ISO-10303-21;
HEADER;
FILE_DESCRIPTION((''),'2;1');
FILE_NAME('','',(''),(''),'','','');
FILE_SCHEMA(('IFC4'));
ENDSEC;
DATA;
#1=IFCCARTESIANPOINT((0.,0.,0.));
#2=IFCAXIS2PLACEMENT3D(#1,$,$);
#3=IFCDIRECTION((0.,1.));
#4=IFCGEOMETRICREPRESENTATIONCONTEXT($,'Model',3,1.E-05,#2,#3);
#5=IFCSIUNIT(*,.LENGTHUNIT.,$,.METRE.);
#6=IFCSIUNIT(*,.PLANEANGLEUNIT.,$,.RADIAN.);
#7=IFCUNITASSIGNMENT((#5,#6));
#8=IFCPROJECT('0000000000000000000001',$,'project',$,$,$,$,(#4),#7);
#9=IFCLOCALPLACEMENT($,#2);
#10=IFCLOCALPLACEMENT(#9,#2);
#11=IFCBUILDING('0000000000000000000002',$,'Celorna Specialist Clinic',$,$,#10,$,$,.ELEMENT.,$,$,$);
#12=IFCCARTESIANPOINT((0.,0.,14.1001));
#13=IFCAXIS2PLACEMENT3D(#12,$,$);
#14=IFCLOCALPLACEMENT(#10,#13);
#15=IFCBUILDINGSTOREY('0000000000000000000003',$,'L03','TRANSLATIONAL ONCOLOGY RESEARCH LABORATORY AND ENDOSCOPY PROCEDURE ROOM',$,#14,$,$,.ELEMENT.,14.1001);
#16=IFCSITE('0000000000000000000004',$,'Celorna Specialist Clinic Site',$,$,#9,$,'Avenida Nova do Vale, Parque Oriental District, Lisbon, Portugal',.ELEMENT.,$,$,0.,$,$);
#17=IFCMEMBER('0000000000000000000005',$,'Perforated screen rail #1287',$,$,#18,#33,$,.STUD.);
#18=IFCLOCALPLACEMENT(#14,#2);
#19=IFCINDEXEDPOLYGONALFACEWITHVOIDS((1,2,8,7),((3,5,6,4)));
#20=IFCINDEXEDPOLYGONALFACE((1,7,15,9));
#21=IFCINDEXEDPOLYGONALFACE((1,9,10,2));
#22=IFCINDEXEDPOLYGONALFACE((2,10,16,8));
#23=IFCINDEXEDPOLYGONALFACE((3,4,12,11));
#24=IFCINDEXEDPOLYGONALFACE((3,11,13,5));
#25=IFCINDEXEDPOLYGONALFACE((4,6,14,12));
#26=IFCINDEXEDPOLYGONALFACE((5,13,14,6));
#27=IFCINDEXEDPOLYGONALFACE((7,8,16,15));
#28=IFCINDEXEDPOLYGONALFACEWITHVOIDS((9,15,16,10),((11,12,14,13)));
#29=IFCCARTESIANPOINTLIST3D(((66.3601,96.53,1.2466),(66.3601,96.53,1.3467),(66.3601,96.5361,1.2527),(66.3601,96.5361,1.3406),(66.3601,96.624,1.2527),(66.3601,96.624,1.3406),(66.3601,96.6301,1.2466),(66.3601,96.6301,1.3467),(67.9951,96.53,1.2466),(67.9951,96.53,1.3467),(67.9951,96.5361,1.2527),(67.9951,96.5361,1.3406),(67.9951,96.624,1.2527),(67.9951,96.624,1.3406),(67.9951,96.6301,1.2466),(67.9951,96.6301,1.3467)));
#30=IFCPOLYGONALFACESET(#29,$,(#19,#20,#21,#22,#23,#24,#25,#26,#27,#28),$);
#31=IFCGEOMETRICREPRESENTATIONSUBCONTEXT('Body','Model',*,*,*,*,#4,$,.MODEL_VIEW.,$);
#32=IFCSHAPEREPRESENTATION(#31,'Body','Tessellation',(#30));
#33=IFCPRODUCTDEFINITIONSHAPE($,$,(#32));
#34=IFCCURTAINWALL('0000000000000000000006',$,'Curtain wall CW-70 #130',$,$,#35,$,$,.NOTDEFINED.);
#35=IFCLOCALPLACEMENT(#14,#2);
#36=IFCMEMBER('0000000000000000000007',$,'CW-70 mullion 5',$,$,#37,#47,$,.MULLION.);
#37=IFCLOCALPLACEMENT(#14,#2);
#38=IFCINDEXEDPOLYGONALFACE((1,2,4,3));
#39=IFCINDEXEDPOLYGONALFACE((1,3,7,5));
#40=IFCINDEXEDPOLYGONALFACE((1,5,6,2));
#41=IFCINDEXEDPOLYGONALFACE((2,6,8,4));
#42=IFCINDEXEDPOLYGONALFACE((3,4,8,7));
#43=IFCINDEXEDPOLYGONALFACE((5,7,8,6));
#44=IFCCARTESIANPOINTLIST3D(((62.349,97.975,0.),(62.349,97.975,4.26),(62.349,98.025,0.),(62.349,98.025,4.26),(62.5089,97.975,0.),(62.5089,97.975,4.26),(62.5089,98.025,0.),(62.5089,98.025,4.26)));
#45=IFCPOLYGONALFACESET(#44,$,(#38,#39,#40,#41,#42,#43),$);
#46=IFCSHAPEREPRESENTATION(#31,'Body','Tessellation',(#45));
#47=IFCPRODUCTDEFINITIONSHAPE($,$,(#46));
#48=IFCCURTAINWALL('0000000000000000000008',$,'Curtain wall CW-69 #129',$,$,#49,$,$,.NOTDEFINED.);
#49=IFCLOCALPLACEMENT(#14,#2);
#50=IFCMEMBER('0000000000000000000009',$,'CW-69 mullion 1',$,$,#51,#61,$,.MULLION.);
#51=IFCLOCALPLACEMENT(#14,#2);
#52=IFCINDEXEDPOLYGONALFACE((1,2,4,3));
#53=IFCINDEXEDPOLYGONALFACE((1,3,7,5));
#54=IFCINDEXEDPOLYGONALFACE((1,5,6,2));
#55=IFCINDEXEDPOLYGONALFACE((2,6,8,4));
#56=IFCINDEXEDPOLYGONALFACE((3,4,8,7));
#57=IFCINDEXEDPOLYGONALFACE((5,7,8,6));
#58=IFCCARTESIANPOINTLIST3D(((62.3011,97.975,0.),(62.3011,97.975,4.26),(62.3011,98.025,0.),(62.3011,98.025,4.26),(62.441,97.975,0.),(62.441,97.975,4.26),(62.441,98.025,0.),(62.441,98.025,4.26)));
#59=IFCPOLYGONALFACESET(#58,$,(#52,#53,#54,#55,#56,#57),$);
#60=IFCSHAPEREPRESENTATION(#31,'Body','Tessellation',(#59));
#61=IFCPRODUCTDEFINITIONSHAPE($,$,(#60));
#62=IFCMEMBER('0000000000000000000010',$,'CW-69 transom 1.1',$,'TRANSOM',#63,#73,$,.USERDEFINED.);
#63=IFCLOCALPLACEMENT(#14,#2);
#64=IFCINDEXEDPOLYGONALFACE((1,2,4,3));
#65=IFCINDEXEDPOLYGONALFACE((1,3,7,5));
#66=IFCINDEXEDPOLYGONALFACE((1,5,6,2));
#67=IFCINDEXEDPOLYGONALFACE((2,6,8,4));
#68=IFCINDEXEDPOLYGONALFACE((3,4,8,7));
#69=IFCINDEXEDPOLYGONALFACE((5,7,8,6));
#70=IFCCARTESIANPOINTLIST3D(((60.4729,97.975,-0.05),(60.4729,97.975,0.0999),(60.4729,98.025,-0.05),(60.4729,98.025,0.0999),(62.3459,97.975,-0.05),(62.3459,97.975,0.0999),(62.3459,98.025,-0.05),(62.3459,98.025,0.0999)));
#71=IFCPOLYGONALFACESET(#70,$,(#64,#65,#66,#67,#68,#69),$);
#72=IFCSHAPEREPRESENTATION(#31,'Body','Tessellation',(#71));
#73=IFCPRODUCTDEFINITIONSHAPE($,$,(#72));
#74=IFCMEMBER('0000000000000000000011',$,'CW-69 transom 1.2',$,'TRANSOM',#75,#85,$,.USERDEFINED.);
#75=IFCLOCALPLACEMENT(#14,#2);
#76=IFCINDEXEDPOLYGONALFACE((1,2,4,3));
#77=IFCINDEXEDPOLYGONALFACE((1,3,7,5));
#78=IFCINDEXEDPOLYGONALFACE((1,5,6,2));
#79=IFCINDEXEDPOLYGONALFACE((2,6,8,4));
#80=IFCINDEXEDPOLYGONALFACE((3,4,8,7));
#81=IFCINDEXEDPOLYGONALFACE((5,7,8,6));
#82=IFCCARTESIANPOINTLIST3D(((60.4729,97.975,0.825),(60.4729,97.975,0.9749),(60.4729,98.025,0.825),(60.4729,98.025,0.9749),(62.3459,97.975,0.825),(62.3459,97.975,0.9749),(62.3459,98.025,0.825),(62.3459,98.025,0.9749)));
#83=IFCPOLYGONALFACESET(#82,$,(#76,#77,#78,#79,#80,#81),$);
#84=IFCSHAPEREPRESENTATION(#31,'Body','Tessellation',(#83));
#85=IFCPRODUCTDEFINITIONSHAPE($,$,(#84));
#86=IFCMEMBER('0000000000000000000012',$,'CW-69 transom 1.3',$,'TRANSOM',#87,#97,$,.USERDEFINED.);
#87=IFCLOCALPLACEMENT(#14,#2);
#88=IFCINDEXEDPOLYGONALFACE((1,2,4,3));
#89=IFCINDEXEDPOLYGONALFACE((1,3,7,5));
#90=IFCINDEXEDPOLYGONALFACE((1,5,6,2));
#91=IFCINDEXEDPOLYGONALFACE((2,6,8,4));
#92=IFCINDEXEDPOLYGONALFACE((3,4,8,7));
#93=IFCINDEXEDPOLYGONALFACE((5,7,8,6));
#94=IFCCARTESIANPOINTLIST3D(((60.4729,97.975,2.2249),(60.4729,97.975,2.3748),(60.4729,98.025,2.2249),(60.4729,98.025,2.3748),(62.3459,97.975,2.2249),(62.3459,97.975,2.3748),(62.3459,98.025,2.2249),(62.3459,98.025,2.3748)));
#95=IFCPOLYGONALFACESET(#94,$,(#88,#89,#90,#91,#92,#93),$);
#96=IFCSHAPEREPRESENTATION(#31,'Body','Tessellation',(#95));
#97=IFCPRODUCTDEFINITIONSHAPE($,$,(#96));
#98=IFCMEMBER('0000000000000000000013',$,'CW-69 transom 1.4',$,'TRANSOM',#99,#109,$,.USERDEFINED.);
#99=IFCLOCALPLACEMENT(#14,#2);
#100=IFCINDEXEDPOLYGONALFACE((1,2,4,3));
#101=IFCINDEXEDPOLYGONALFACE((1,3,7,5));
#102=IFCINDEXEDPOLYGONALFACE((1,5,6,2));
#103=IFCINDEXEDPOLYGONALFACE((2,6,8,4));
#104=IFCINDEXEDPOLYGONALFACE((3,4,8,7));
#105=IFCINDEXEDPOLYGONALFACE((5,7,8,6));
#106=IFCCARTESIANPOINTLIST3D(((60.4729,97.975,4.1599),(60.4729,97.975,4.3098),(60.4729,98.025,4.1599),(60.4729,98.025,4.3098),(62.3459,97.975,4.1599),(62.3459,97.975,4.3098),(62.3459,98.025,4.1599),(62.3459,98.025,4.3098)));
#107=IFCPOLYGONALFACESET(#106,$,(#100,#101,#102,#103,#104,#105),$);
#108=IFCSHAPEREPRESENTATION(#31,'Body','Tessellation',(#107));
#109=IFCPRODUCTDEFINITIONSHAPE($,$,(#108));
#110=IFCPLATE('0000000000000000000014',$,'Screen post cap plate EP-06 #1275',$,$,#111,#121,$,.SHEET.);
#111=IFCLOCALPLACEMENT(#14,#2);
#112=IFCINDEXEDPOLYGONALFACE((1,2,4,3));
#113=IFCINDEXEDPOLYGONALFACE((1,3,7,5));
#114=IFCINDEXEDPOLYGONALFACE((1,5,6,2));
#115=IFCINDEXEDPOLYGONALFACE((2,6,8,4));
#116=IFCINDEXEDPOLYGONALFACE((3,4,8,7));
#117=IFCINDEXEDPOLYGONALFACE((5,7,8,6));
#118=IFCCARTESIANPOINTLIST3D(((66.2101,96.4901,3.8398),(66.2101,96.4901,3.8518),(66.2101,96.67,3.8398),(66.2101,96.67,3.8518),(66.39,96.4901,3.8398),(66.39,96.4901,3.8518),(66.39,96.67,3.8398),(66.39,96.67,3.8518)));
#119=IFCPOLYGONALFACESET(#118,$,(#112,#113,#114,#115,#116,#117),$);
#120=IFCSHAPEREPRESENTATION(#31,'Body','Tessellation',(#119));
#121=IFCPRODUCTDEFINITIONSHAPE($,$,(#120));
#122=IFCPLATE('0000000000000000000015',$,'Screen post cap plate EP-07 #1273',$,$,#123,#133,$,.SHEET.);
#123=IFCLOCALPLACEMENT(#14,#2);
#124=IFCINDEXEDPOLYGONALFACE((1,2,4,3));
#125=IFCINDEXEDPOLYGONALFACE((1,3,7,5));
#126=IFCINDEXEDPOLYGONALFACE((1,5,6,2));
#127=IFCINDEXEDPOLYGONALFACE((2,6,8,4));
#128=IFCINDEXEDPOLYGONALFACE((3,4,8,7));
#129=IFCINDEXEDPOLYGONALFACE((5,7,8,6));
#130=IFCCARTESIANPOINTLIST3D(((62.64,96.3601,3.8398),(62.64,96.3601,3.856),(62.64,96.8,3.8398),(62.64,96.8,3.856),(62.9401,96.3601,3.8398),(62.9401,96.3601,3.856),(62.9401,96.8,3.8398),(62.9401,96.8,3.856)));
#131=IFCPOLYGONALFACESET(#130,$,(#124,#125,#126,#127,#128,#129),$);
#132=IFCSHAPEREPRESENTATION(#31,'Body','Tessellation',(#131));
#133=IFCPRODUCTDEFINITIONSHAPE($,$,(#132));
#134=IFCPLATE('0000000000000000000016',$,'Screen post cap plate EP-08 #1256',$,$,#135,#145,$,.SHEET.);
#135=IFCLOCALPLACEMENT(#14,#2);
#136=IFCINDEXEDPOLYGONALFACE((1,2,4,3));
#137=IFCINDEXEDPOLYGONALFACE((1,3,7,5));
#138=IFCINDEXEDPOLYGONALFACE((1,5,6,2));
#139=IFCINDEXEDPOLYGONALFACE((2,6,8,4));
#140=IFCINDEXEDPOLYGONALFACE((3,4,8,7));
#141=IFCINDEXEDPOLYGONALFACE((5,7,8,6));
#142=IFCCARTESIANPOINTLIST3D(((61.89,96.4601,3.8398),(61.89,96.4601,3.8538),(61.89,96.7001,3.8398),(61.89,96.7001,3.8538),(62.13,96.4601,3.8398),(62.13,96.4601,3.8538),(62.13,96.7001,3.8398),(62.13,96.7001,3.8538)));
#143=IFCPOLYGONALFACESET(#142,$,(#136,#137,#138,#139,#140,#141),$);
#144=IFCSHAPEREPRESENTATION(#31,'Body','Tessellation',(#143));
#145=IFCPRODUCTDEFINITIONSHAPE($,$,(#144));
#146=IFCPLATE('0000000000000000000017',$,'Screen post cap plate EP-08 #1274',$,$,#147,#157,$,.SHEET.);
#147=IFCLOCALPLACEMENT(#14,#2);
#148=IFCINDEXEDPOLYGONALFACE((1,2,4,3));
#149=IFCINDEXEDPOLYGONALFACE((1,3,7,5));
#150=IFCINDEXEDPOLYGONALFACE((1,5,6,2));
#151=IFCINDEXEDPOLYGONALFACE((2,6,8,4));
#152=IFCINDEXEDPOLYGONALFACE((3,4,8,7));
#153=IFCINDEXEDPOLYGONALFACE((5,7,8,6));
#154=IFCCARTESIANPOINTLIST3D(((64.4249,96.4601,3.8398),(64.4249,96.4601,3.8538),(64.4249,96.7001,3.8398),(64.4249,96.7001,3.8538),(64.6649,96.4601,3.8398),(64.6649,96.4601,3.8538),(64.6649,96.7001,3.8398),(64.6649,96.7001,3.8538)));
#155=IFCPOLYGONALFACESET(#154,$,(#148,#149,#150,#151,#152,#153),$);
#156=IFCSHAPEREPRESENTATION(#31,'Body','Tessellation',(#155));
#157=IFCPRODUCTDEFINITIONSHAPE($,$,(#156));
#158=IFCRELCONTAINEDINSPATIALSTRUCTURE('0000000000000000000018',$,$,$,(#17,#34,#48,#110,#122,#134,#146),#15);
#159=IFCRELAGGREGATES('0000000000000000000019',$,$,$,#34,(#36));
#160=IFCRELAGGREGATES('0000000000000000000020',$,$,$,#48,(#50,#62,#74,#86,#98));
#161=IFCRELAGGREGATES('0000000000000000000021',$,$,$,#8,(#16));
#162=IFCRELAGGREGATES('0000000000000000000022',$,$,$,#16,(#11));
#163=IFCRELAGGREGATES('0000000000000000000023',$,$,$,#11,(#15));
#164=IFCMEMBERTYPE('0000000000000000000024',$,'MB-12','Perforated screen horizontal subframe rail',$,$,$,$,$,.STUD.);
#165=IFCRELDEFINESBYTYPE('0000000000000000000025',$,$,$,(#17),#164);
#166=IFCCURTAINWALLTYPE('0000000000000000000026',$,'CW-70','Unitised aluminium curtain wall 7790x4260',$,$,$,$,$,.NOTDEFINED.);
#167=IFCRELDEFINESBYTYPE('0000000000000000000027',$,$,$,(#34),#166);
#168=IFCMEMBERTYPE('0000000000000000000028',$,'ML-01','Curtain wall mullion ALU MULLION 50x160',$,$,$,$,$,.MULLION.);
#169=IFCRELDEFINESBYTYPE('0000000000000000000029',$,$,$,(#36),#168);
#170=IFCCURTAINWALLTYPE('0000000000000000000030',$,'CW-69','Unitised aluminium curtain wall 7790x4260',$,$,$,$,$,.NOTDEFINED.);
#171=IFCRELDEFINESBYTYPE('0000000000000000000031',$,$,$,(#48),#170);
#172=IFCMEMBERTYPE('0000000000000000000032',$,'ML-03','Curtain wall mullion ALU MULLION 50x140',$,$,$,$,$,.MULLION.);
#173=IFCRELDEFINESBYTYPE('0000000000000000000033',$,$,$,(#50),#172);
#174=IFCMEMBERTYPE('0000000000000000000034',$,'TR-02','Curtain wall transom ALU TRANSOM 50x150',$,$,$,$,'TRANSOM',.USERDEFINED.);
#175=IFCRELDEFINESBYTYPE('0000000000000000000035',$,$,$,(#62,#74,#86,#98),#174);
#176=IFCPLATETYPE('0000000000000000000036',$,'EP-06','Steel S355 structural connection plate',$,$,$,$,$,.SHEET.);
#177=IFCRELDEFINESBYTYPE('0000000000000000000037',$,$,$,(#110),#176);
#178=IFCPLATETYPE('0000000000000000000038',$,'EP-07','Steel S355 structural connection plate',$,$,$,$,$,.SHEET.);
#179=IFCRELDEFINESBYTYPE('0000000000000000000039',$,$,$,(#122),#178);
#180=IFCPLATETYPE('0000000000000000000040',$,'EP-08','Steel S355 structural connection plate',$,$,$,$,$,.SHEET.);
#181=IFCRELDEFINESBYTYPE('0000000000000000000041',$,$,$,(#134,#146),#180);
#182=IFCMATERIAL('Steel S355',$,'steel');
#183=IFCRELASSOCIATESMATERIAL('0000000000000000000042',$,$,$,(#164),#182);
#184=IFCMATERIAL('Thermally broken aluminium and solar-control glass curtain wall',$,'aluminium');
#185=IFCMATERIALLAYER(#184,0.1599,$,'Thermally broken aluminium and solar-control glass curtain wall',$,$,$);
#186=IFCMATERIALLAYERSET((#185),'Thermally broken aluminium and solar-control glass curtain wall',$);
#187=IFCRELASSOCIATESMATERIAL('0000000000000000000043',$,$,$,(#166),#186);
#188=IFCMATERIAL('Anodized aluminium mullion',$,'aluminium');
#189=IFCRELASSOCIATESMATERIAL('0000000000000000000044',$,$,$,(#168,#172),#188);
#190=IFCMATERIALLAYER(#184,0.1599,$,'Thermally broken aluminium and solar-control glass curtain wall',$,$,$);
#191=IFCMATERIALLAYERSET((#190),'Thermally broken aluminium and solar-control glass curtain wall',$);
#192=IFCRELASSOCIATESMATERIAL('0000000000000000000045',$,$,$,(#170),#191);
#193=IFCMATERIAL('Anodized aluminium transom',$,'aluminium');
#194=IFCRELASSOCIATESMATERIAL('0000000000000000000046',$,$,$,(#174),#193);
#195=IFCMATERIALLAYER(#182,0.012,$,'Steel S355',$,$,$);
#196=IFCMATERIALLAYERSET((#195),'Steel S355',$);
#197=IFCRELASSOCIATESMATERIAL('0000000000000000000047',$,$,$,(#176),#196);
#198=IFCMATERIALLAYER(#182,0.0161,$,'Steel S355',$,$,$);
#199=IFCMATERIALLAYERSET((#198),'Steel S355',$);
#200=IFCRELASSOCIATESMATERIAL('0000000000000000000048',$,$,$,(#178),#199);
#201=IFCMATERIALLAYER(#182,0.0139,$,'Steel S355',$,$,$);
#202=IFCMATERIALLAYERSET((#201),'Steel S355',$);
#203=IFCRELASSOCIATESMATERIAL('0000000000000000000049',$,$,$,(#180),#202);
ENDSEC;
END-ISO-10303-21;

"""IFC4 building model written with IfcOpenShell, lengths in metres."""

from ifc_helpers import new_model, si_unit, direction, frame, origin, origin_2d, place, context, subcontext, project, spatial, rectangle, hollow_rectangle, extrude, material, layer, layer_set, material_profile, profile_set, type_object, element, aggregate, save


model = new_model("IFC4")

# Units and contexts
model_context = context("Model", 3, precision=1e-05, world=origin(), true_north=direction((0.0, 1.0)))
body_context = subcontext(model_context, "Body", "Model", "MODEL_VIEW")
ifc_project = project(units=[si_unit("LENGTHUNIT", "METRE"), si_unit("PLANEANGLEUNIT", "RADIAN")], contexts=[model_context])

# Site, building, storey
site_placement = place(None, origin())
site = spatial("IfcSite", under=ifc_project, at=site_placement, Name="Celorna Specialist Clinic Site", LongName="Avenida Nova do Vale, Parque Oriental District, Lisbon, Portugal", CompositionType="ELEMENT", RefElevation=0.0)
building_placement = place(site_placement, origin())
building = spatial("IfcBuilding", under=site, at=building_placement, Name="Celorna Specialist Clinic", CompositionType="ELEMENT")
storey_placement = place(building_placement, frame((0.0, 0.0, 14.1001)))
storey = spatial("IfcBuildingStorey", under=building, at=storey_placement, Name="L03", Description="TRANSLATIONAL ONCOLOGY RESEARCH LABORATORY AND ENDOSCOPY PROCEDURE ROOM", CompositionType="ELEMENT", Elevation=14.1001)

# Member
ifc_material_1 = material(Name="Steel S355", Category="steel")
ifc_material_profile_1 = material_profile(ifc_material_1, hollow_rectangle(XDim=0.1001, YDim=0.1001, WallThickness=0.0061, at=origin_2d()), Name="SHS 100x100x6")
ifc_profile_set_1 = profile_set([ifc_material_profile_1], Name="Steel S355")
member_type_1 = type_object("IfcMemberType", Name="MB-12", Description="Perforated screen horizontal subframe rail", PredefinedType="STUD", material=ifc_profile_set_1)
for number, where, z_axis, x_axis, name in (
    (1, (66.3601, 96.5801, 1.2966), (1.0, 0.0, 0.0), (0.0, 1.0, 0.0), "Perforated screen rail #1287"),
):
    element("IfcMember", number, at=place(storey_placement, frame(where, z_axis=z_axis, x_axis=x_axis)), inside=storey, type_object=member_type_1, Name=name, PredefinedType="STUD", context=body_context, shape_type="SweptSolid", body=[
        extrude(hollow_rectangle(XDim=0.1001, YDim=0.1001, WallThickness=0.0061, at=origin_2d()), origin(), (0.0, 0.0, 1.0), 1.635),
    ])

# Curtain wall, member
ifc_material_2 = material(Name="Thermally broken aluminium and solar-control glass curtain wall", Category="aluminium")
ifc_layer_1 = layer(ifc_material_2, 0.1599, Name="Thermally broken aluminium and solar-control glass curtain wall")
ifc_layer_set_1 = layer_set([ifc_layer_1], Name="Thermally broken aluminium and solar-control glass curtain wall")
curtain_wall_type_1 = type_object("IfcCurtainWallType", Name="CW-70", Description="Unitised aluminium curtain wall 7790x4260", PredefinedType="NOTDEFINED", material=ifc_layer_set_1)
curtain_wall_1_placement = place(storey_placement, origin())
curtain_wall_1 = element("IfcCurtainWall", 2, at=curtain_wall_1_placement, inside=storey, type_object=curtain_wall_type_1, Name="Curtain wall CW-70 #130", PredefinedType="NOTDEFINED")
ifc_material_3 = material(Name="Anodized aluminium mullion", Category="aluminium")
ifc_material_profile_2 = material_profile(ifc_material_3, rectangle(XDim=0.05, YDim=0.1599, at=origin_2d()), Name="ALU MULLION 50x160")
ifc_profile_set_2 = profile_set([ifc_material_profile_2], Name="Anodized aluminium mullion")
member_type_2 = type_object("IfcMemberType", Name="ML-01", Description="Curtain wall mullion ALU MULLION 50x160", PredefinedType="MULLION", material=ifc_profile_set_2)
member_1_placement = place(storey_placement, frame((62.429, 98.0, 0.0), z_axis=(0.0, 0.0, 1.0), x_axis=(0.0, -1.0, 0.0)))
member_1 = element("IfcMember", 3, at=member_1_placement, type_object=member_type_2, Name="CW-70 mullion 5", PredefinedType="MULLION", context=body_context, shape_type="SweptSolid", body=[
    extrude(rectangle(XDim=0.05, YDim=0.1599, at=origin_2d()), origin(), (0.0, 0.0, 1.0), 4.26),
])
aggregate(curtain_wall_1, [member_1])

# Curtain wall, members
ifc_layer_2 = layer(ifc_material_2, 0.1599, Name="Thermally broken aluminium and solar-control glass curtain wall")
ifc_layer_set_2 = layer_set([ifc_layer_2], Name="Thermally broken aluminium and solar-control glass curtain wall")
curtain_wall_type_2 = type_object("IfcCurtainWallType", Name="CW-69", Description="Unitised aluminium curtain wall 7790x4260", PredefinedType="NOTDEFINED", material=ifc_layer_set_2)
curtain_wall_2_placement = place(storey_placement, origin())
curtain_wall_2 = element("IfcCurtainWall", 4, at=curtain_wall_2_placement, inside=storey, type_object=curtain_wall_type_2, Name="Curtain wall CW-69 #129", PredefinedType="NOTDEFINED")
ifc_material_profile_3 = material_profile(ifc_material_3, rectangle(XDim=0.05, YDim=0.1399, at=origin_2d()), Name="ALU MULLION 50x140")
ifc_profile_set_3 = profile_set([ifc_material_profile_3], Name="Anodized aluminium mullion")
member_type_3 = type_object("IfcMemberType", Name="ML-03", Description="Curtain wall mullion ALU MULLION 50x140", PredefinedType="MULLION", material=ifc_profile_set_3)
member_2_placement = place(storey_placement, frame((62.3711, 98.0, 0.0), z_axis=(0.0, 0.0, 1.0), x_axis=(0.0, -1.0, 0.0)))
member_2 = element("IfcMember", 5, at=member_2_placement, type_object=member_type_3, Name="CW-69 mullion 1", PredefinedType="MULLION", context=body_context, shape_type="SweptSolid", body=[
    extrude(rectangle(XDim=0.05, YDim=0.1399, at=origin_2d()), origin(), (0.0, 0.0, 1.0), 4.26),
])
ifc_material_4 = material(Name="Anodized aluminium transom", Category="aluminium")
ifc_material_profile_4 = material_profile(ifc_material_4, rectangle(XDim=0.05, YDim=0.1499, at=origin_2d()), Name="ALU TRANSOM 50x150")
ifc_profile_set_4 = profile_set([ifc_material_profile_4], Name="Anodized aluminium transom")
member_type_4 = type_object("IfcMemberType", Name="TR-02", Description="Curtain wall transom ALU TRANSOM 50x150", ElementType="TRANSOM", PredefinedType="USERDEFINED", material=ifc_profile_set_4)
member_3_placement = place(storey_placement, frame((62.3459, 98.0, 0.0249), z_axis=(-1.0, 0.0, 0.0), x_axis=(0.0, -1.0, 0.0)))
member_3 = element("IfcMember", 6, at=member_3_placement, type_object=member_type_4, Name="CW-69 transom 1.1", ObjectType="TRANSOM", PredefinedType="USERDEFINED", context=body_context, shape_type="SweptSolid", body=[
    extrude(rectangle(XDim=0.05, YDim=0.1499, at=origin_2d()), origin(), (0.0, 0.0, 1.0), 1.873),
])
member_4_placement = place(storey_placement, frame((62.3459, 98.0, 0.8999), z_axis=(-1.0, 0.0, 0.0), x_axis=(0.0, -1.0, 0.0)))
member_4 = element("IfcMember", 7, at=member_4_placement, type_object=member_type_4, Name="CW-69 transom 1.2", ObjectType="TRANSOM", PredefinedType="USERDEFINED", context=body_context, shape_type="SweptSolid", body=[
    extrude(rectangle(XDim=0.05, YDim=0.1499, at=origin_2d()), origin(), (0.0, 0.0, 1.0), 1.873),
])
member_5_placement = place(storey_placement, frame((62.3459, 98.0, 2.2998), z_axis=(-1.0, 0.0, 0.0), x_axis=(0.0, -1.0, 0.0)))
member_5 = element("IfcMember", 8, at=member_5_placement, type_object=member_type_4, Name="CW-69 transom 1.3", ObjectType="TRANSOM", PredefinedType="USERDEFINED", context=body_context, shape_type="SweptSolid", body=[
    extrude(rectangle(XDim=0.05, YDim=0.1499, at=origin_2d()), origin(), (0.0, 0.0, 1.0), 1.873),
])
member_6_placement = place(storey_placement, frame((62.3459, 98.0, 4.2349), z_axis=(-1.0, 0.0, 0.0), x_axis=(0.0, -1.0, 0.0)))
member_6 = element("IfcMember", 9, at=member_6_placement, type_object=member_type_4, Name="CW-69 transom 1.4", ObjectType="TRANSOM", PredefinedType="USERDEFINED", context=body_context, shape_type="SweptSolid", body=[
    extrude(rectangle(XDim=0.05, YDim=0.1499, at=origin_2d()), origin(), (0.0, 0.0, 1.0), 1.873),
])
aggregate(curtain_wall_2, [member_2, member_3, member_4, member_5, member_6])

# Plates
ifc_layer_3 = layer(ifc_material_1, 0.012, Name="Steel S355")
ifc_layer_set_3 = layer_set([ifc_layer_3], Name="Steel S355")
plate_type_1 = type_object("IfcPlateType", Name="EP-06", Description="Steel S355 structural connection plate", PredefinedType="SHEET", material=ifc_layer_set_3)
plate_1_placement = place(storey_placement, frame((66.3, 96.5801, 3.8398), z_axis=(0.0, 0.0, 1.0), x_axis=(1.0, 0.0, 0.0)))
element("IfcPlate", 10, at=plate_1_placement, inside=storey, type_object=plate_type_1, Name="Screen post cap plate EP-06 #1275", PredefinedType="SHEET", context=body_context, shape_type="SweptSolid", body=[
    extrude(rectangle(XDim=0.1799, YDim=0.1799, at=origin_2d()), origin(), (0.0, 0.0, 1.0), 0.012),
])
ifc_layer_4 = layer(ifc_material_1, 0.0161, Name="Steel S355")
ifc_layer_set_4 = layer_set([ifc_layer_4], Name="Steel S355")
plate_type_2 = type_object("IfcPlateType", Name="EP-07", Description="Steel S355 structural connection plate", PredefinedType="SHEET", material=ifc_layer_set_4)
plate_2_placement = place(storey_placement, frame((62.79, 96.5801, 3.8398), z_axis=(0.0, 0.0, 1.0), x_axis=(1.0, 0.0, 0.0)))
element("IfcPlate", 11, at=plate_2_placement, inside=storey, type_object=plate_type_2, Name="Screen post cap plate EP-07 #1273", PredefinedType="SHEET", context=body_context, shape_type="SweptSolid", body=[
    extrude(rectangle(XDim=0.3, YDim=0.4399, at=origin_2d()), origin(), (0.0, 0.0, 1.0), 0.0161),
])
ifc_layer_5 = layer(ifc_material_1, 0.0139, Name="Steel S355")
ifc_layer_set_5 = layer_set([ifc_layer_5], Name="Steel S355")
plate_type_3 = type_object("IfcPlateType", Name="EP-08", Description="Steel S355 structural connection plate", PredefinedType="SHEET", material=ifc_layer_set_5)
for number, where, z_axis, x_axis, name in (
    (12, (62.01, 96.5801, 3.8398), (0.0, 0.0, 1.0), (1.0, 0.0, 0.0), "Screen post cap plate EP-08 #1256"),
    (13, (64.5449, 96.5801, 3.8398), (0.0, 0.0, 1.0), (1.0, 0.0, 0.0), "Screen post cap plate EP-08 #1274"),
):
    element("IfcPlate", number, at=place(storey_placement, frame(where, z_axis=z_axis, x_axis=x_axis)), inside=storey, type_object=plate_type_3, Name=name, PredefinedType="SHEET", context=body_context, shape_type="SweptSolid", body=[
        extrude(rectangle(XDim=0.24, YDim=0.24, at=origin_2d()), origin(), (0.0, 0.0, 1.0), 0.0139),
    ])

save(model, "model.ifc")
